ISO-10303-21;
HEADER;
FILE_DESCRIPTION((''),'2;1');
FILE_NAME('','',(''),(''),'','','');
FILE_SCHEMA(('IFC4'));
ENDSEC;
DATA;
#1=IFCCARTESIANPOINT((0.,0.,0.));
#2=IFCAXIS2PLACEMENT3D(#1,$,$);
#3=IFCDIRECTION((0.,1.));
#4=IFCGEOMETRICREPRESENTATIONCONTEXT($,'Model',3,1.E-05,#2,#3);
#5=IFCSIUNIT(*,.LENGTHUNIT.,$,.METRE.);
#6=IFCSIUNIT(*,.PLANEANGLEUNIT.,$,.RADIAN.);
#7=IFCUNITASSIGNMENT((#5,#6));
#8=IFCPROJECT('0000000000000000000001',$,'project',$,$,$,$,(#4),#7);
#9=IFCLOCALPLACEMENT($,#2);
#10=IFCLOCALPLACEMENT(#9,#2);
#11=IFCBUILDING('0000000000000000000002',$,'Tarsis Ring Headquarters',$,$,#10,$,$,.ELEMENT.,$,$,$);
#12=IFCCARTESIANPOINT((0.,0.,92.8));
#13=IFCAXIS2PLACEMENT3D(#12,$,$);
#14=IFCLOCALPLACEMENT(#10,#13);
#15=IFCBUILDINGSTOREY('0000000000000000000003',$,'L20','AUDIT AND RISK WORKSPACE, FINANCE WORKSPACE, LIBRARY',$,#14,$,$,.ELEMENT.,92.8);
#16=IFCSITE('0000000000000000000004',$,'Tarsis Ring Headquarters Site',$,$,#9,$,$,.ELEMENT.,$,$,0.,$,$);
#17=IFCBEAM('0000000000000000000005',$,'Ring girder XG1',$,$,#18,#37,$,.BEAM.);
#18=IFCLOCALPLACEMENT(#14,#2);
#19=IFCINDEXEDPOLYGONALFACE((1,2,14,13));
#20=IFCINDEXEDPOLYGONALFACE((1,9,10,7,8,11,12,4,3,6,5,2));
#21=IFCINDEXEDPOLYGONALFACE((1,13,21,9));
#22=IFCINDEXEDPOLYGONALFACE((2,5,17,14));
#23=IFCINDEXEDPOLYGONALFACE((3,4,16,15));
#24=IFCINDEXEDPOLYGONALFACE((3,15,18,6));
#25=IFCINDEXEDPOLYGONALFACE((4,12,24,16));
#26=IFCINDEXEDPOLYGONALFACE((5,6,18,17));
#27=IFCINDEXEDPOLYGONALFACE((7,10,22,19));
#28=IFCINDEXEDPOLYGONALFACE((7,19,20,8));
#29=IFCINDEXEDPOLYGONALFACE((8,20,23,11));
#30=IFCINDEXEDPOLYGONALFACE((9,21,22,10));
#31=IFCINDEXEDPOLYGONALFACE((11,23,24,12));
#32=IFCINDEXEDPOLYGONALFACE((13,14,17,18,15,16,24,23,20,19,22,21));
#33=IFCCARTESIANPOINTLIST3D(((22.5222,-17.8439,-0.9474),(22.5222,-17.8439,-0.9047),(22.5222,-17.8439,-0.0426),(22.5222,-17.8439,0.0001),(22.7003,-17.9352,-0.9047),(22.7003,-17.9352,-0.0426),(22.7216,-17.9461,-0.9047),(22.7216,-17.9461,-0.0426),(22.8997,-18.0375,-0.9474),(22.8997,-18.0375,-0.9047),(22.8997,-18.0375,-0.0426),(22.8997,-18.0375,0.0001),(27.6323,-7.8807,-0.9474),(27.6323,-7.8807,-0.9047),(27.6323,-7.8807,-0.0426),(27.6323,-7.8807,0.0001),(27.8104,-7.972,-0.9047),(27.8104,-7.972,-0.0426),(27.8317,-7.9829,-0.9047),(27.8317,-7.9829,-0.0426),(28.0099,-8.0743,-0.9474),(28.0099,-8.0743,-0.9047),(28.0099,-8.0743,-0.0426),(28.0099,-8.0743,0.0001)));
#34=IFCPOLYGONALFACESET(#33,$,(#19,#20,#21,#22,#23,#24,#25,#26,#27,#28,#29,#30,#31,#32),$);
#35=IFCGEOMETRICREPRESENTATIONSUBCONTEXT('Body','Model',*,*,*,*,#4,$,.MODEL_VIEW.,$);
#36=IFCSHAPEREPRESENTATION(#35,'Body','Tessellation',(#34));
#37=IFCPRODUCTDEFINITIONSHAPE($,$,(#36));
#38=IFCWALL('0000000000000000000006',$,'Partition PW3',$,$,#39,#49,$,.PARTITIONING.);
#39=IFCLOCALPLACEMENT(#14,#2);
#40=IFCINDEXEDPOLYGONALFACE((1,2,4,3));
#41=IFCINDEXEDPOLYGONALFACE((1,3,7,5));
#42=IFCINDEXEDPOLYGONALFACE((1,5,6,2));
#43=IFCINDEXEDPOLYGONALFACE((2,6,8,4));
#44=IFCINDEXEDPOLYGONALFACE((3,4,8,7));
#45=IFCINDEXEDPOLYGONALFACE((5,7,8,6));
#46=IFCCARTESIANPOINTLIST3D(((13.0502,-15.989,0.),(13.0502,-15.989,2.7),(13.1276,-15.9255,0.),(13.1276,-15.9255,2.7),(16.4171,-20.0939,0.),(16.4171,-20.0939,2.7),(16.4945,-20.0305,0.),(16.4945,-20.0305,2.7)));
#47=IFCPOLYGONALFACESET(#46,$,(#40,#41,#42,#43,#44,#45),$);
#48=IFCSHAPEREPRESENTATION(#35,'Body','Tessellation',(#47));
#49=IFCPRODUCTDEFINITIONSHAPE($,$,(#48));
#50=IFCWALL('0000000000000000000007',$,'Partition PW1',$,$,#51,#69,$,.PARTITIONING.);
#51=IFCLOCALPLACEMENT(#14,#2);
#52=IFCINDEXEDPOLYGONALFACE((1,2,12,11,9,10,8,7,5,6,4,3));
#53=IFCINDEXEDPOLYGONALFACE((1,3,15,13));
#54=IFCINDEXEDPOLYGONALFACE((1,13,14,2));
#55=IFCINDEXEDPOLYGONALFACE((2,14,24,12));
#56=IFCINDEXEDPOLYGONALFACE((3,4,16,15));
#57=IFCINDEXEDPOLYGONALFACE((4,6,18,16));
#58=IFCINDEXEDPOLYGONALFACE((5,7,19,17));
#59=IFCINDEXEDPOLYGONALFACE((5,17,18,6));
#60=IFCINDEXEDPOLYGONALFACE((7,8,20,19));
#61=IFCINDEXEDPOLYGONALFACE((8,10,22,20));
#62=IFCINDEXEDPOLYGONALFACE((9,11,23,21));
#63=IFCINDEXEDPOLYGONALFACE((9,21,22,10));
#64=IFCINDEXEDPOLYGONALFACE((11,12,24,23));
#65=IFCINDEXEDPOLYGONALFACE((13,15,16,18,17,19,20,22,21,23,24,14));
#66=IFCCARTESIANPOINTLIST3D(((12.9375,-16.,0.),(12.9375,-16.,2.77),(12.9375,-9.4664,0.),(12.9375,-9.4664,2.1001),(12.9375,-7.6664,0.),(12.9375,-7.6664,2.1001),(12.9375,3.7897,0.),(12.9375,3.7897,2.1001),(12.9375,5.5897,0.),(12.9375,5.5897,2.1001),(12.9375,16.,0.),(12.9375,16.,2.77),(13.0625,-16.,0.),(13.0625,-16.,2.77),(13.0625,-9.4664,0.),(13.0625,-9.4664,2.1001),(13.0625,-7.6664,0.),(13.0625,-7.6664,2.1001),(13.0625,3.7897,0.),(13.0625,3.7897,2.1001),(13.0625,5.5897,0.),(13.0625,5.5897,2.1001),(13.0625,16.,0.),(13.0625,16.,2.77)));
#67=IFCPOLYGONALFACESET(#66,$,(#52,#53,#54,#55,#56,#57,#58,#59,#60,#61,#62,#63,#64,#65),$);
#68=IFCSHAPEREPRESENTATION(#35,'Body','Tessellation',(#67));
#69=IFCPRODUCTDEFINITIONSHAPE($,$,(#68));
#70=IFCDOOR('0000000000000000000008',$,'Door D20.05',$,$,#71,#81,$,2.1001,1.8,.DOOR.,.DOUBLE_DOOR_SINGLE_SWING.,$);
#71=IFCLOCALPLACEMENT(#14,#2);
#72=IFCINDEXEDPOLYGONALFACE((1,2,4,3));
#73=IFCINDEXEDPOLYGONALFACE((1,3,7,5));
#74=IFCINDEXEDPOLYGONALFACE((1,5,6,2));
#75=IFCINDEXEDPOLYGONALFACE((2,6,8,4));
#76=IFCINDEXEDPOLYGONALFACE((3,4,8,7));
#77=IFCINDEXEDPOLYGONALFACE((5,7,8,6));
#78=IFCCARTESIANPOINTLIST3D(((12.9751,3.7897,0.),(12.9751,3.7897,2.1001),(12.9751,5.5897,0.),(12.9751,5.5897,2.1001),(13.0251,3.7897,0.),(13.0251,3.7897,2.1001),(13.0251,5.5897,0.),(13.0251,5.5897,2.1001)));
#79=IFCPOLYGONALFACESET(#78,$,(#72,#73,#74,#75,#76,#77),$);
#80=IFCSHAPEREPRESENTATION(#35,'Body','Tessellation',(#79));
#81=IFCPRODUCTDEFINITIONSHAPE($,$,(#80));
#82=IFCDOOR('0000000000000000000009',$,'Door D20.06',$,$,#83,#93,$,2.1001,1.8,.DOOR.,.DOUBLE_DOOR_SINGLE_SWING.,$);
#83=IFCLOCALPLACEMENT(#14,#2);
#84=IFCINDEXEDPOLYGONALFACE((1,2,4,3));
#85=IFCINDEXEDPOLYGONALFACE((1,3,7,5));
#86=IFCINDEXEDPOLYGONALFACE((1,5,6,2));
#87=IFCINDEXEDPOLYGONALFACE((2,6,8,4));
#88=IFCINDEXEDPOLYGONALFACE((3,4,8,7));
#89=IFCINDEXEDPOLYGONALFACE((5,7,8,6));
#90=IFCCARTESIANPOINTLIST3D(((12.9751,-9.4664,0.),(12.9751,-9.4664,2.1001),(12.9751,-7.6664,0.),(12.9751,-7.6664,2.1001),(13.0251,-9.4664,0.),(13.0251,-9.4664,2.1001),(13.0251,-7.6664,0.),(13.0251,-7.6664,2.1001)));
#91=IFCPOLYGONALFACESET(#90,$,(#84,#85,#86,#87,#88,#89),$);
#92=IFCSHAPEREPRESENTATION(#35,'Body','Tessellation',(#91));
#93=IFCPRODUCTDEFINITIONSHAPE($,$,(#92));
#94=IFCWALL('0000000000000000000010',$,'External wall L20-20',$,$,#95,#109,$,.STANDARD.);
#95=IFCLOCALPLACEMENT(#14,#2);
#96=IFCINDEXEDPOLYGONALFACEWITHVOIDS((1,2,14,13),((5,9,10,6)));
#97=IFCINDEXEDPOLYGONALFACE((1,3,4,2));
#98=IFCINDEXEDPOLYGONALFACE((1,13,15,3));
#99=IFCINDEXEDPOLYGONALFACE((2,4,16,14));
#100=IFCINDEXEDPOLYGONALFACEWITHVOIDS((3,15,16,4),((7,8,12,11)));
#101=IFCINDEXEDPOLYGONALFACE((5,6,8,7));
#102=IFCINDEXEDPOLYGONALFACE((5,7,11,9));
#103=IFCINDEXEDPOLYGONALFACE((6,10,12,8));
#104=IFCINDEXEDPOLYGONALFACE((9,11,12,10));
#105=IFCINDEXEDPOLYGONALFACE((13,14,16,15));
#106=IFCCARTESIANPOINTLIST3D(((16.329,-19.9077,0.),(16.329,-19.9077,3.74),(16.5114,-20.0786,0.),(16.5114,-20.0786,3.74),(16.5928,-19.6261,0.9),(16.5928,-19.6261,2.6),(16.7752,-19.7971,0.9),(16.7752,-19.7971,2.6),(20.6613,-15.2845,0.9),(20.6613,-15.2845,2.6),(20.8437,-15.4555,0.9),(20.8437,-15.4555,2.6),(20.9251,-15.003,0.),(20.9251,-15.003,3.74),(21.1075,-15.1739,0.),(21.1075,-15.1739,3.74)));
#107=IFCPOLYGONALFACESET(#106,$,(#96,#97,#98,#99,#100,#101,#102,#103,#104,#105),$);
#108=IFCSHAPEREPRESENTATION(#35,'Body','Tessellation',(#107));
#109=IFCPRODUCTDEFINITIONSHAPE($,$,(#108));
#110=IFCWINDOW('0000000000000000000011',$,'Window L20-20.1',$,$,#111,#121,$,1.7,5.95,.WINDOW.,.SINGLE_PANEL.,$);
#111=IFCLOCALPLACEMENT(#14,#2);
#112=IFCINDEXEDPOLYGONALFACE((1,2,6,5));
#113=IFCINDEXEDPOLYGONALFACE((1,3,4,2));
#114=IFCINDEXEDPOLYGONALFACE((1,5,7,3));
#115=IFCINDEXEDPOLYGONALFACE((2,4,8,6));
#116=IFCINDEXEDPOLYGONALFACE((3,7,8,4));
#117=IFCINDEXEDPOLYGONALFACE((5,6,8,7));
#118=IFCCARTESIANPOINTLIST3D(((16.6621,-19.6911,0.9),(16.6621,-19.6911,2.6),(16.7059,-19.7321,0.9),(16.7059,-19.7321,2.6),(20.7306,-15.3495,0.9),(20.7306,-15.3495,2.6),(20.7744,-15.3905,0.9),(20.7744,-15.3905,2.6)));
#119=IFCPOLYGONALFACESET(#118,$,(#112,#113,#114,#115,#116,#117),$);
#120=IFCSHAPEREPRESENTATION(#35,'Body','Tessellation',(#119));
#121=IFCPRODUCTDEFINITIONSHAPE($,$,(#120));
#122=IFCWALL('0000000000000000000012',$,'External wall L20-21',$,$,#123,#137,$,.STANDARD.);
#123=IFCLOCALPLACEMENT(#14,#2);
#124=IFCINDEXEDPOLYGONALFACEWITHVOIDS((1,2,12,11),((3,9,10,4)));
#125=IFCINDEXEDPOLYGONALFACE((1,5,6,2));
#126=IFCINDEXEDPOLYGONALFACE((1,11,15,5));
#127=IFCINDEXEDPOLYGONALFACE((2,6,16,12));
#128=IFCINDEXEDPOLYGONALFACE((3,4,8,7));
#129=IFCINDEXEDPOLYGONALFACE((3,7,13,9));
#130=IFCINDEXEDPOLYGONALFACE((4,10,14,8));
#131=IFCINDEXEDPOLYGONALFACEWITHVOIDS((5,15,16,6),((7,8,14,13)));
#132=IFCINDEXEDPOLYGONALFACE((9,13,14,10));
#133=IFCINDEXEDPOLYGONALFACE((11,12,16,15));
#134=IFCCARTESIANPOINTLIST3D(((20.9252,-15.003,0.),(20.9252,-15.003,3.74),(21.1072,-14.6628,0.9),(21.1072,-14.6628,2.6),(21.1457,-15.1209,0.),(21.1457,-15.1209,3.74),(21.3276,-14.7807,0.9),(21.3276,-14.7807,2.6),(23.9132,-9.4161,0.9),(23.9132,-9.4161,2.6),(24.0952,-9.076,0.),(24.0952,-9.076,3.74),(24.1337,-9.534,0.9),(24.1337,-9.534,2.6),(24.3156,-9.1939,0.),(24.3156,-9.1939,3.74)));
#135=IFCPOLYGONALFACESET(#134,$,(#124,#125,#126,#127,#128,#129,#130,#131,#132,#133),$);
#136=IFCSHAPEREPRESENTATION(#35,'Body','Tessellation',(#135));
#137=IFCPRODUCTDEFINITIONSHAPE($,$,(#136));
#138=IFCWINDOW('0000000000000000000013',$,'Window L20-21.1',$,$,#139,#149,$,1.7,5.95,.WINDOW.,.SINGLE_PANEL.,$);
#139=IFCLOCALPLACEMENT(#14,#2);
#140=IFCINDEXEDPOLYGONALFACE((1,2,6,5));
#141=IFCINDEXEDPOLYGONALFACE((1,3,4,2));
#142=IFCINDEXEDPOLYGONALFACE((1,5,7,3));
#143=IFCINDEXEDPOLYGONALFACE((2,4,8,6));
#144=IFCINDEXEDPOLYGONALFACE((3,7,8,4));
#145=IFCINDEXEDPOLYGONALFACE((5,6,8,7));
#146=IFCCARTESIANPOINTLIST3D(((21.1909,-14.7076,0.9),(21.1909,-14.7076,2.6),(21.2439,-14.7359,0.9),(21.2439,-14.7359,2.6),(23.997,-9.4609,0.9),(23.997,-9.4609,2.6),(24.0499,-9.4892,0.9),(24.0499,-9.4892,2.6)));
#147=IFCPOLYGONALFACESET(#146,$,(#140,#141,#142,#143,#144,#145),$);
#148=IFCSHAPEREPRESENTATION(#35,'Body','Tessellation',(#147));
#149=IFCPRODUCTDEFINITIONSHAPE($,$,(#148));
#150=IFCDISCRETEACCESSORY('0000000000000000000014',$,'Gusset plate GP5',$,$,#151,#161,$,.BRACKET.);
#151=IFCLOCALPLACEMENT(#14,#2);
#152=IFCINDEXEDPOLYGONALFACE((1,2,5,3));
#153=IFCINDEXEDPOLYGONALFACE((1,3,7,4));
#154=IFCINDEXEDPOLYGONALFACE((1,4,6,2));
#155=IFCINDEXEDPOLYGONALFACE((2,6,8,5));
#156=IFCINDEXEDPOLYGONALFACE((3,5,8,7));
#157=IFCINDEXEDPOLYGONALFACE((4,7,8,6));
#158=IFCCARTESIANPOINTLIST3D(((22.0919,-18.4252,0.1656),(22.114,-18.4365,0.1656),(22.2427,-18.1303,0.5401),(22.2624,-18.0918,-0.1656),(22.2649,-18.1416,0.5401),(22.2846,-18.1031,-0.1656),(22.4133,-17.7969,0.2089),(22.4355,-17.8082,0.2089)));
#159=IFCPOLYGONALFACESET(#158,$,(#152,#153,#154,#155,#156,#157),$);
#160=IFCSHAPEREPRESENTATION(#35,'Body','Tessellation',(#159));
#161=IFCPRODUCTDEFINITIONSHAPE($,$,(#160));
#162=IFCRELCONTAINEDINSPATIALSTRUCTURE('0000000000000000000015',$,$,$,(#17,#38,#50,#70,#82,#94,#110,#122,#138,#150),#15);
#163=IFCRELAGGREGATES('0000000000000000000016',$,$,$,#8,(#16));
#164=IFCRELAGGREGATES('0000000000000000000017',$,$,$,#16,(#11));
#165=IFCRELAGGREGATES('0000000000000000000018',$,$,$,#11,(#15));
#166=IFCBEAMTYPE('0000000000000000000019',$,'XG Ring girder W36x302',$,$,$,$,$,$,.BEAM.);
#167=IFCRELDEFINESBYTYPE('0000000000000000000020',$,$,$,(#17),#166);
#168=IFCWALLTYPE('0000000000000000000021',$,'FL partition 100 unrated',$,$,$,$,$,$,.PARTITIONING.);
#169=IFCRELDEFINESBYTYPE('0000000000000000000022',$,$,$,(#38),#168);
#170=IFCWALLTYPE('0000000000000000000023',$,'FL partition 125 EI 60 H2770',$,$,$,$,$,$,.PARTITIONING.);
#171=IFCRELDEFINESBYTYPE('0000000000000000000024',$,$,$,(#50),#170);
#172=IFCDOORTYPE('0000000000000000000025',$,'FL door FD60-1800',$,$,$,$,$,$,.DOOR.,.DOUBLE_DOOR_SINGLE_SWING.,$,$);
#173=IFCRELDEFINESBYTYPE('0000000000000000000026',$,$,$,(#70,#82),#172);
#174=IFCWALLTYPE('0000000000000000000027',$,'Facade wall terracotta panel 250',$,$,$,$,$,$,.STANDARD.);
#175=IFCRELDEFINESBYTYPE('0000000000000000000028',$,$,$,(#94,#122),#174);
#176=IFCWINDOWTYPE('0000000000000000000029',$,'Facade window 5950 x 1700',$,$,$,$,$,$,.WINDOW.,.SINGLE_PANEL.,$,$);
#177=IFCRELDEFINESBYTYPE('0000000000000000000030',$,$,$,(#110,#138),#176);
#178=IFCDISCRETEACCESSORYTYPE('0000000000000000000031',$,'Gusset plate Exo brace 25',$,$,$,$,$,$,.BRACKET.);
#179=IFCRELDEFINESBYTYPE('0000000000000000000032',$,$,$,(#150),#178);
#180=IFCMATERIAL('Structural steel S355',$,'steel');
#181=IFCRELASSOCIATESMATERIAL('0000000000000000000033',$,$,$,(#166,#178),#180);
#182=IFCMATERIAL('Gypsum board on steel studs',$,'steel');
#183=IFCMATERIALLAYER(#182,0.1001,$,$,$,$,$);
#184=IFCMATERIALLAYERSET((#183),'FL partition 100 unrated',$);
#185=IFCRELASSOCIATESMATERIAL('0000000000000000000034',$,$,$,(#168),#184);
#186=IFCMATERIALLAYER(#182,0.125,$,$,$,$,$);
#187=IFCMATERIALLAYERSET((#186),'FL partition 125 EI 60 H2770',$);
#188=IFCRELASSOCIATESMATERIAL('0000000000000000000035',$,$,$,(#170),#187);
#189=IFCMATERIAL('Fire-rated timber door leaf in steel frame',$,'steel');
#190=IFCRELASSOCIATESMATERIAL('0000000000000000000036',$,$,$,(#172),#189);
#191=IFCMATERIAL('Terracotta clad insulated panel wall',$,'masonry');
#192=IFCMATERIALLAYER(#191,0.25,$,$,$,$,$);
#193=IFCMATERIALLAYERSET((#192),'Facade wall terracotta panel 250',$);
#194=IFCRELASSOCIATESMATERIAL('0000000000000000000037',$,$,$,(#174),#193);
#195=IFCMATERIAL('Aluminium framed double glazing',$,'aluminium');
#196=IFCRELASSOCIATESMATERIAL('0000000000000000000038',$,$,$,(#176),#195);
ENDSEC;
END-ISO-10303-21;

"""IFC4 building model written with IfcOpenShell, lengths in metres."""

from ifc_helpers import new_model, si_unit, direction, frame, frame_2d, origin, origin_2d, place, context, subcontext, project, spatial, rectangle, i_section, extrude, material, layer, layer_set, material_profile, profile_set, type_object, element, fill, save


model = new_model("IFC4")

# Units and contexts
model_context = context("Model", 3, precision=1e-05, world=origin(), true_north=direction((0.0, 1.0)))
body_context = subcontext(model_context, "Body", "Model", "MODEL_VIEW")
ifc_project = project(units=[si_unit("LENGTHUNIT", "METRE"), si_unit("PLANEANGLEUNIT", "RADIAN")], contexts=[model_context])

# Site, building, storey
site_placement = place(None, origin())
site = spatial("IfcSite", under=ifc_project, at=site_placement, Name="Tarsis Ring Headquarters Site", CompositionType="ELEMENT", RefElevation=0.0)
building_placement = place(site_placement, origin())
building = spatial("IfcBuilding", under=site, at=building_placement, Name="Tarsis Ring Headquarters", CompositionType="ELEMENT")
storey_placement = place(building_placement, frame((0.0, 0.0, 92.8)))
storey = spatial("IfcBuildingStorey", under=building, at=storey_placement, Name="L20", Description="AUDIT AND RISK WORKSPACE, FINANCE WORKSPACE, LIBRARY", CompositionType="ELEMENT", Elevation=92.8)

# Shared definitions
ifc_material_1 = material(Name="Structural steel S355", Category="steel")

# Beam
ifc_material_profile_1 = material_profile(ifc_material_1, i_section(OverallWidth=0.4243, OverallDepth=0.9475, WebThickness=0.0239, FlangeThickness=0.0427, at=origin_2d()), Name="W36x302")
ifc_profile_set_1 = profile_set([ifc_material_profile_1], Name="Structural steel S355")
beam_type = type_object("IfcBeamType", Name="XG Ring girder W36x302", PredefinedType="BEAM", material=ifc_profile_set_1)
for number, where, z_axis, x_axis, name in (
    (1, (22.7109, -17.9407, -0.4736), (0.456374, 0.889788, 0.0), (-0.889788, 0.456374, 0.0), "Ring girder XG1"),
):
    element("IfcBeam", number, at=place(storey_placement, frame(where, z_axis=z_axis, x_axis=x_axis)), inside=storey, type_object=beam_type, Name=name, PredefinedType="BEAM", context=body_context, shape_type="SweptSolid", body=[
        extrude(i_section(OverallWidth=0.4243, OverallDepth=0.9475, WebThickness=0.0239, FlangeThickness=0.0427, at=origin_2d()), origin(), (0.0, 0.0, 1.0), 11.1973),
    ])

# Wall
ifc_material_2 = material(Name="Gypsum board on steel studs", Category="steel")
ifc_layer_1 = layer(ifc_material_2, 0.1001)
ifc_layer_set_1 = layer_set([ifc_layer_1], Name="FL partition 100 unrated")
wall_type_1 = type_object("IfcWallType", Name="FL partition 100 unrated", PredefinedType="PARTITIONING", material=ifc_layer_set_1)
wall_1_placement = place(storey_placement, frame((13.0889, -15.9573, 0.0), z_axis=(0.0, 0.0, 1.0), x_axis=(0.634176, -0.773188, 0.0)))
element("IfcWall", 2, at=wall_1_placement, inside=storey, type_object=wall_type_1, Name="Partition PW3", PredefinedType="PARTITIONING", context=body_context, shape_type="SweptSolid", body=[
    extrude(rectangle(XDim=5.3091, YDim=0.1001, at=frame_2d((2.6545, 0.0))), origin(), (0.0, 0.0, 1.0), 2.7),
])

# Wall, openings, doors
ifc_layer_2 = layer(ifc_material_2, 0.125)
ifc_layer_set_2 = layer_set([ifc_layer_2], Name="FL partition 125 EI 60 H2770")
wall_type_2 = type_object("IfcWallType", Name="FL partition 125 EI 60 H2770", PredefinedType="PARTITIONING", material=ifc_layer_set_2)
wall_2_placement = place(storey_placement, frame((13.0, -16.0, 0.0), z_axis=(0.0, 0.0, 1.0), x_axis=(0.0, 1.0, 0.0)))
wall_2 = element("IfcWall", 3, at=wall_2_placement, inside=storey, type_object=wall_type_2, Name="Partition PW1", PredefinedType="PARTITIONING", context=body_context, shape_type="SweptSolid", body=[
    extrude(rectangle(XDim=32.0, YDim=0.125, at=frame_2d((16.0, 0.0))), origin(), (0.0, 0.0, 1.0), 2.77),
])
opening_1_placement = place(wall_2_placement, frame((19.7898, 0.0, 0.0)))
opening_1 = element("IfcOpeningElement", 4, at=opening_1_placement, cuts=wall_2, PredefinedType="OPENING", context=body_context, shape_type="SweptSolid", body=[
    extrude(rectangle(XDim=1.8, YDim=2.1001, at=frame_2d((0.8999, 1.05))), frame((0.0, 0.0725, 0.0), z_axis=(0.0, -1.0, 0.0), x_axis=(1.0, 0.0, 0.0)), (0.0, 0.0, 1.0), 0.145),
])
opening_2_placement = place(wall_2_placement, frame((6.5337, 0.0, 0.0)))
opening_2 = element("IfcOpeningElement", 5, at=opening_2_placement, cuts=wall_2, PredefinedType="OPENING", context=body_context, shape_type="SweptSolid", body=[
    extrude(rectangle(XDim=1.8, YDim=2.1001, at=frame_2d((0.8999, 1.05))), frame((0.0, 0.0725, 0.0), z_axis=(0.0, -1.0, 0.0), x_axis=(1.0, 0.0, 0.0)), (0.0, 0.0, 1.0), 0.145),
])
ifc_material_3 = material(Name="Fire-rated timber door leaf in steel frame", Category="steel")
door_type = type_object("IfcDoorType", Name="FL door FD60-1800", OperationType="DOUBLE_DOOR_SINGLE_SWING", PredefinedType="DOOR", material=ifc_material_3)
door_1_placement = place(opening_1_placement, origin())
door_1 = element("IfcDoor", 6, at=door_1_placement, inside=storey, type_object=door_type, Name="Door D20.05", OperationType="DOUBLE_DOOR_SINGLE_SWING", OverallHeight=2.1001, OverallWidth=1.8, PredefinedType="DOOR", context=body_context, shape_type="SweptSolid", body=[
    extrude(rectangle(XDim=1.8, YDim=2.1001, at=frame_2d((0.8999, 1.05))), frame((0.0, 0.0249, 0.0), z_axis=(0.0, -1.0, 0.0), x_axis=(1.0, 0.0, 0.0)), (0.0, 0.0, 1.0), 0.05),
])
fill(opening_1, door_1)
door_2_placement = place(opening_2_placement, origin())
door_2 = element("IfcDoor", 7, at=door_2_placement, inside=storey, type_object=door_type, Name="Door D20.06", OperationType="DOUBLE_DOOR_SINGLE_SWING", OverallHeight=2.1001, OverallWidth=1.8, PredefinedType="DOOR", context=body_context, shape_type="SweptSolid", body=[
    extrude(rectangle(XDim=1.8, YDim=2.1001, at=frame_2d((0.8999, 1.05))), frame((0.0, 0.0249, 0.0), z_axis=(0.0, -1.0, 0.0), x_axis=(1.0, 0.0, 0.0)), (0.0, 0.0, 1.0), 0.05),
])
fill(opening_2, door_2)

# Walls, openings, windows
ifc_material_4 = material(Name="Terracotta clad insulated panel wall", Category="masonry")
ifc_layer_3 = layer(ifc_material_4, 0.25)
ifc_layer_set_3 = layer_set([ifc_layer_3], Name="Facade wall terracotta panel 250")
wall_type_3 = type_object("IfcWallType", Name="Facade wall terracotta panel 250", PredefinedType="STANDARD", material=ifc_layer_set_3)
wall_3_placement = place(storey_placement, frame((16.4202, -19.9932, 0.0), z_axis=(0.0, 0.0, 1.0), x_axis=(0.683779, 0.729689, 0.0)))
wall_3 = element("IfcWall", 8, at=wall_3_placement, inside=storey, type_object=wall_type_3, Name="External wall L20-20", PredefinedType="STANDARD", context=body_context, shape_type="SweptSolid", body=[
    extrude(rectangle(XDim=6.7217, YDim=0.25, at=frame_2d((3.3608, 0.0))), origin(), (0.0, 0.0, 1.0), 3.74),
])
opening_3_placement = place(wall_3_placement, frame((0.3857, 0.0, 0.8999)))
opening_3 = element("IfcOpeningElement", 9, at=opening_3_placement, cuts=wall_3, PredefinedType="OPENING", context=body_context, shape_type="SweptSolid", body=[
    extrude(rectangle(XDim=5.95, YDim=1.7, at=frame_2d((2.9751, 0.8501))), frame((0.0, 0.135, 0.0), z_axis=(0.0, -1.0, 0.0), x_axis=(1.0, 0.0, 0.0)), (0.0, 0.0, 1.0), 0.27),
])
ifc_material_5 = material(Name="Aluminium framed double glazing", Category="aluminium")
window_type = type_object("IfcWindowType", Name="Facade window 5950 x 1700", PartitioningType="SINGLE_PANEL", PredefinedType="WINDOW", material=ifc_material_5)
window_1_placement = place(opening_3_placement, origin())
window_1 = element("IfcWindow", 10, at=window_1_placement, inside=storey, type_object=window_type, Name="Window L20-20.1", OverallHeight=1.7, OverallWidth=5.95, PartitioningType="SINGLE_PANEL", PredefinedType="WINDOW", context=body_context, shape_type="SweptSolid", body=[
    extrude(rectangle(XDim=5.95, YDim=1.7, at=frame_2d((2.9751, 0.8501))), frame((0.0, 0.03, 0.0), z_axis=(0.0, -1.0, 0.0), x_axis=(1.0, 0.0, 0.0)), (0.0, 0.0, 1.0), 0.0601),
])
fill(opening_3, window_1)
wall_4_placement = place(storey_placement, frame((21.0354, -15.062, 0.0), z_axis=(0.0, 0.0, 1.0), x_axis=(0.471613, 0.881805, 0.0)))
wall_4 = element("IfcWall", 11, at=wall_4_placement, inside=storey, type_object=wall_type_3, Name="External wall L20-21", PredefinedType="STANDARD", context=body_context, shape_type="SweptSolid", body=[
    extrude(rectangle(XDim=6.7214, YDim=0.25, at=frame_2d((3.3608, 0.0))), origin(), (0.0, 0.0, 1.0), 3.74),
])
opening_4_placement = place(wall_4_placement, frame((0.3857, 0.0, 0.8999)))
opening_4 = element("IfcOpeningElement", 12, at=opening_4_placement, cuts=wall_4, PredefinedType="OPENING", context=body_context, shape_type="SweptSolid", body=[
    extrude(rectangle(XDim=5.95, YDim=1.7, at=frame_2d((2.9751, 0.8501))), frame((0.0, 0.135, 0.0), z_axis=(0.0, -1.0, 0.0), x_axis=(1.0, 0.0, 0.0)), (0.0, 0.0, 1.0), 0.27),
])
window_2_placement = place(opening_4_placement, origin())
window_2 = element("IfcWindow", 13, at=window_2_placement, inside=storey, type_object=window_type, Name="Window L20-21.1", OverallHeight=1.7, OverallWidth=5.95, PartitioningType="SINGLE_PANEL", PredefinedType="WINDOW", context=body_context, shape_type="SweptSolid", body=[
    extrude(rectangle(XDim=5.95, YDim=1.7, at=frame_2d((2.9751, 0.8501))), frame((0.0, 0.03, 0.0), z_axis=(0.0, -1.0, 0.0), x_axis=(1.0, 0.0, 0.0)), (0.0, 0.0, 1.0), 0.0601),
])
fill(opening_4, window_2)

# Discrete accessory
ifc_material_profile_2 = material_profile(ifc_material_1, rectangle(XDim=0.0249, YDim=0.5, at=origin_2d()), Name="PL 25x500")
ifc_profile_set_2 = profile_set([ifc_material_profile_2], Name="Structural steel S355")
discrete_accessory_type = type_object("IfcDiscreteAccessoryType", Name="Gusset plate Exo brace 25", PredefinedType="BRACKET", material=ifc_profile_set_2)
discrete_accessory_placement = place(storey_placement, frame((22.1882, -18.2642, 0.0), z_axis=(0.301756, 0.589841, 0.74902), x_axis=(-0.890262, 0.455449, 0.0)))
element("IfcDiscreteAccessory", 14, at=discrete_accessory_placement, inside=storey, type_object=discrete_accessory_type, Name="Gusset plate GP5", PredefinedType="BRACKET", context=body_context, shape_type="SweptSolid", body=[
    extrude(rectangle(XDim=0.0249, YDim=0.5, at=origin_2d()), origin(), (0.0, 0.0, 1.0), 0.5),
])

save(model, "model.ifc")
